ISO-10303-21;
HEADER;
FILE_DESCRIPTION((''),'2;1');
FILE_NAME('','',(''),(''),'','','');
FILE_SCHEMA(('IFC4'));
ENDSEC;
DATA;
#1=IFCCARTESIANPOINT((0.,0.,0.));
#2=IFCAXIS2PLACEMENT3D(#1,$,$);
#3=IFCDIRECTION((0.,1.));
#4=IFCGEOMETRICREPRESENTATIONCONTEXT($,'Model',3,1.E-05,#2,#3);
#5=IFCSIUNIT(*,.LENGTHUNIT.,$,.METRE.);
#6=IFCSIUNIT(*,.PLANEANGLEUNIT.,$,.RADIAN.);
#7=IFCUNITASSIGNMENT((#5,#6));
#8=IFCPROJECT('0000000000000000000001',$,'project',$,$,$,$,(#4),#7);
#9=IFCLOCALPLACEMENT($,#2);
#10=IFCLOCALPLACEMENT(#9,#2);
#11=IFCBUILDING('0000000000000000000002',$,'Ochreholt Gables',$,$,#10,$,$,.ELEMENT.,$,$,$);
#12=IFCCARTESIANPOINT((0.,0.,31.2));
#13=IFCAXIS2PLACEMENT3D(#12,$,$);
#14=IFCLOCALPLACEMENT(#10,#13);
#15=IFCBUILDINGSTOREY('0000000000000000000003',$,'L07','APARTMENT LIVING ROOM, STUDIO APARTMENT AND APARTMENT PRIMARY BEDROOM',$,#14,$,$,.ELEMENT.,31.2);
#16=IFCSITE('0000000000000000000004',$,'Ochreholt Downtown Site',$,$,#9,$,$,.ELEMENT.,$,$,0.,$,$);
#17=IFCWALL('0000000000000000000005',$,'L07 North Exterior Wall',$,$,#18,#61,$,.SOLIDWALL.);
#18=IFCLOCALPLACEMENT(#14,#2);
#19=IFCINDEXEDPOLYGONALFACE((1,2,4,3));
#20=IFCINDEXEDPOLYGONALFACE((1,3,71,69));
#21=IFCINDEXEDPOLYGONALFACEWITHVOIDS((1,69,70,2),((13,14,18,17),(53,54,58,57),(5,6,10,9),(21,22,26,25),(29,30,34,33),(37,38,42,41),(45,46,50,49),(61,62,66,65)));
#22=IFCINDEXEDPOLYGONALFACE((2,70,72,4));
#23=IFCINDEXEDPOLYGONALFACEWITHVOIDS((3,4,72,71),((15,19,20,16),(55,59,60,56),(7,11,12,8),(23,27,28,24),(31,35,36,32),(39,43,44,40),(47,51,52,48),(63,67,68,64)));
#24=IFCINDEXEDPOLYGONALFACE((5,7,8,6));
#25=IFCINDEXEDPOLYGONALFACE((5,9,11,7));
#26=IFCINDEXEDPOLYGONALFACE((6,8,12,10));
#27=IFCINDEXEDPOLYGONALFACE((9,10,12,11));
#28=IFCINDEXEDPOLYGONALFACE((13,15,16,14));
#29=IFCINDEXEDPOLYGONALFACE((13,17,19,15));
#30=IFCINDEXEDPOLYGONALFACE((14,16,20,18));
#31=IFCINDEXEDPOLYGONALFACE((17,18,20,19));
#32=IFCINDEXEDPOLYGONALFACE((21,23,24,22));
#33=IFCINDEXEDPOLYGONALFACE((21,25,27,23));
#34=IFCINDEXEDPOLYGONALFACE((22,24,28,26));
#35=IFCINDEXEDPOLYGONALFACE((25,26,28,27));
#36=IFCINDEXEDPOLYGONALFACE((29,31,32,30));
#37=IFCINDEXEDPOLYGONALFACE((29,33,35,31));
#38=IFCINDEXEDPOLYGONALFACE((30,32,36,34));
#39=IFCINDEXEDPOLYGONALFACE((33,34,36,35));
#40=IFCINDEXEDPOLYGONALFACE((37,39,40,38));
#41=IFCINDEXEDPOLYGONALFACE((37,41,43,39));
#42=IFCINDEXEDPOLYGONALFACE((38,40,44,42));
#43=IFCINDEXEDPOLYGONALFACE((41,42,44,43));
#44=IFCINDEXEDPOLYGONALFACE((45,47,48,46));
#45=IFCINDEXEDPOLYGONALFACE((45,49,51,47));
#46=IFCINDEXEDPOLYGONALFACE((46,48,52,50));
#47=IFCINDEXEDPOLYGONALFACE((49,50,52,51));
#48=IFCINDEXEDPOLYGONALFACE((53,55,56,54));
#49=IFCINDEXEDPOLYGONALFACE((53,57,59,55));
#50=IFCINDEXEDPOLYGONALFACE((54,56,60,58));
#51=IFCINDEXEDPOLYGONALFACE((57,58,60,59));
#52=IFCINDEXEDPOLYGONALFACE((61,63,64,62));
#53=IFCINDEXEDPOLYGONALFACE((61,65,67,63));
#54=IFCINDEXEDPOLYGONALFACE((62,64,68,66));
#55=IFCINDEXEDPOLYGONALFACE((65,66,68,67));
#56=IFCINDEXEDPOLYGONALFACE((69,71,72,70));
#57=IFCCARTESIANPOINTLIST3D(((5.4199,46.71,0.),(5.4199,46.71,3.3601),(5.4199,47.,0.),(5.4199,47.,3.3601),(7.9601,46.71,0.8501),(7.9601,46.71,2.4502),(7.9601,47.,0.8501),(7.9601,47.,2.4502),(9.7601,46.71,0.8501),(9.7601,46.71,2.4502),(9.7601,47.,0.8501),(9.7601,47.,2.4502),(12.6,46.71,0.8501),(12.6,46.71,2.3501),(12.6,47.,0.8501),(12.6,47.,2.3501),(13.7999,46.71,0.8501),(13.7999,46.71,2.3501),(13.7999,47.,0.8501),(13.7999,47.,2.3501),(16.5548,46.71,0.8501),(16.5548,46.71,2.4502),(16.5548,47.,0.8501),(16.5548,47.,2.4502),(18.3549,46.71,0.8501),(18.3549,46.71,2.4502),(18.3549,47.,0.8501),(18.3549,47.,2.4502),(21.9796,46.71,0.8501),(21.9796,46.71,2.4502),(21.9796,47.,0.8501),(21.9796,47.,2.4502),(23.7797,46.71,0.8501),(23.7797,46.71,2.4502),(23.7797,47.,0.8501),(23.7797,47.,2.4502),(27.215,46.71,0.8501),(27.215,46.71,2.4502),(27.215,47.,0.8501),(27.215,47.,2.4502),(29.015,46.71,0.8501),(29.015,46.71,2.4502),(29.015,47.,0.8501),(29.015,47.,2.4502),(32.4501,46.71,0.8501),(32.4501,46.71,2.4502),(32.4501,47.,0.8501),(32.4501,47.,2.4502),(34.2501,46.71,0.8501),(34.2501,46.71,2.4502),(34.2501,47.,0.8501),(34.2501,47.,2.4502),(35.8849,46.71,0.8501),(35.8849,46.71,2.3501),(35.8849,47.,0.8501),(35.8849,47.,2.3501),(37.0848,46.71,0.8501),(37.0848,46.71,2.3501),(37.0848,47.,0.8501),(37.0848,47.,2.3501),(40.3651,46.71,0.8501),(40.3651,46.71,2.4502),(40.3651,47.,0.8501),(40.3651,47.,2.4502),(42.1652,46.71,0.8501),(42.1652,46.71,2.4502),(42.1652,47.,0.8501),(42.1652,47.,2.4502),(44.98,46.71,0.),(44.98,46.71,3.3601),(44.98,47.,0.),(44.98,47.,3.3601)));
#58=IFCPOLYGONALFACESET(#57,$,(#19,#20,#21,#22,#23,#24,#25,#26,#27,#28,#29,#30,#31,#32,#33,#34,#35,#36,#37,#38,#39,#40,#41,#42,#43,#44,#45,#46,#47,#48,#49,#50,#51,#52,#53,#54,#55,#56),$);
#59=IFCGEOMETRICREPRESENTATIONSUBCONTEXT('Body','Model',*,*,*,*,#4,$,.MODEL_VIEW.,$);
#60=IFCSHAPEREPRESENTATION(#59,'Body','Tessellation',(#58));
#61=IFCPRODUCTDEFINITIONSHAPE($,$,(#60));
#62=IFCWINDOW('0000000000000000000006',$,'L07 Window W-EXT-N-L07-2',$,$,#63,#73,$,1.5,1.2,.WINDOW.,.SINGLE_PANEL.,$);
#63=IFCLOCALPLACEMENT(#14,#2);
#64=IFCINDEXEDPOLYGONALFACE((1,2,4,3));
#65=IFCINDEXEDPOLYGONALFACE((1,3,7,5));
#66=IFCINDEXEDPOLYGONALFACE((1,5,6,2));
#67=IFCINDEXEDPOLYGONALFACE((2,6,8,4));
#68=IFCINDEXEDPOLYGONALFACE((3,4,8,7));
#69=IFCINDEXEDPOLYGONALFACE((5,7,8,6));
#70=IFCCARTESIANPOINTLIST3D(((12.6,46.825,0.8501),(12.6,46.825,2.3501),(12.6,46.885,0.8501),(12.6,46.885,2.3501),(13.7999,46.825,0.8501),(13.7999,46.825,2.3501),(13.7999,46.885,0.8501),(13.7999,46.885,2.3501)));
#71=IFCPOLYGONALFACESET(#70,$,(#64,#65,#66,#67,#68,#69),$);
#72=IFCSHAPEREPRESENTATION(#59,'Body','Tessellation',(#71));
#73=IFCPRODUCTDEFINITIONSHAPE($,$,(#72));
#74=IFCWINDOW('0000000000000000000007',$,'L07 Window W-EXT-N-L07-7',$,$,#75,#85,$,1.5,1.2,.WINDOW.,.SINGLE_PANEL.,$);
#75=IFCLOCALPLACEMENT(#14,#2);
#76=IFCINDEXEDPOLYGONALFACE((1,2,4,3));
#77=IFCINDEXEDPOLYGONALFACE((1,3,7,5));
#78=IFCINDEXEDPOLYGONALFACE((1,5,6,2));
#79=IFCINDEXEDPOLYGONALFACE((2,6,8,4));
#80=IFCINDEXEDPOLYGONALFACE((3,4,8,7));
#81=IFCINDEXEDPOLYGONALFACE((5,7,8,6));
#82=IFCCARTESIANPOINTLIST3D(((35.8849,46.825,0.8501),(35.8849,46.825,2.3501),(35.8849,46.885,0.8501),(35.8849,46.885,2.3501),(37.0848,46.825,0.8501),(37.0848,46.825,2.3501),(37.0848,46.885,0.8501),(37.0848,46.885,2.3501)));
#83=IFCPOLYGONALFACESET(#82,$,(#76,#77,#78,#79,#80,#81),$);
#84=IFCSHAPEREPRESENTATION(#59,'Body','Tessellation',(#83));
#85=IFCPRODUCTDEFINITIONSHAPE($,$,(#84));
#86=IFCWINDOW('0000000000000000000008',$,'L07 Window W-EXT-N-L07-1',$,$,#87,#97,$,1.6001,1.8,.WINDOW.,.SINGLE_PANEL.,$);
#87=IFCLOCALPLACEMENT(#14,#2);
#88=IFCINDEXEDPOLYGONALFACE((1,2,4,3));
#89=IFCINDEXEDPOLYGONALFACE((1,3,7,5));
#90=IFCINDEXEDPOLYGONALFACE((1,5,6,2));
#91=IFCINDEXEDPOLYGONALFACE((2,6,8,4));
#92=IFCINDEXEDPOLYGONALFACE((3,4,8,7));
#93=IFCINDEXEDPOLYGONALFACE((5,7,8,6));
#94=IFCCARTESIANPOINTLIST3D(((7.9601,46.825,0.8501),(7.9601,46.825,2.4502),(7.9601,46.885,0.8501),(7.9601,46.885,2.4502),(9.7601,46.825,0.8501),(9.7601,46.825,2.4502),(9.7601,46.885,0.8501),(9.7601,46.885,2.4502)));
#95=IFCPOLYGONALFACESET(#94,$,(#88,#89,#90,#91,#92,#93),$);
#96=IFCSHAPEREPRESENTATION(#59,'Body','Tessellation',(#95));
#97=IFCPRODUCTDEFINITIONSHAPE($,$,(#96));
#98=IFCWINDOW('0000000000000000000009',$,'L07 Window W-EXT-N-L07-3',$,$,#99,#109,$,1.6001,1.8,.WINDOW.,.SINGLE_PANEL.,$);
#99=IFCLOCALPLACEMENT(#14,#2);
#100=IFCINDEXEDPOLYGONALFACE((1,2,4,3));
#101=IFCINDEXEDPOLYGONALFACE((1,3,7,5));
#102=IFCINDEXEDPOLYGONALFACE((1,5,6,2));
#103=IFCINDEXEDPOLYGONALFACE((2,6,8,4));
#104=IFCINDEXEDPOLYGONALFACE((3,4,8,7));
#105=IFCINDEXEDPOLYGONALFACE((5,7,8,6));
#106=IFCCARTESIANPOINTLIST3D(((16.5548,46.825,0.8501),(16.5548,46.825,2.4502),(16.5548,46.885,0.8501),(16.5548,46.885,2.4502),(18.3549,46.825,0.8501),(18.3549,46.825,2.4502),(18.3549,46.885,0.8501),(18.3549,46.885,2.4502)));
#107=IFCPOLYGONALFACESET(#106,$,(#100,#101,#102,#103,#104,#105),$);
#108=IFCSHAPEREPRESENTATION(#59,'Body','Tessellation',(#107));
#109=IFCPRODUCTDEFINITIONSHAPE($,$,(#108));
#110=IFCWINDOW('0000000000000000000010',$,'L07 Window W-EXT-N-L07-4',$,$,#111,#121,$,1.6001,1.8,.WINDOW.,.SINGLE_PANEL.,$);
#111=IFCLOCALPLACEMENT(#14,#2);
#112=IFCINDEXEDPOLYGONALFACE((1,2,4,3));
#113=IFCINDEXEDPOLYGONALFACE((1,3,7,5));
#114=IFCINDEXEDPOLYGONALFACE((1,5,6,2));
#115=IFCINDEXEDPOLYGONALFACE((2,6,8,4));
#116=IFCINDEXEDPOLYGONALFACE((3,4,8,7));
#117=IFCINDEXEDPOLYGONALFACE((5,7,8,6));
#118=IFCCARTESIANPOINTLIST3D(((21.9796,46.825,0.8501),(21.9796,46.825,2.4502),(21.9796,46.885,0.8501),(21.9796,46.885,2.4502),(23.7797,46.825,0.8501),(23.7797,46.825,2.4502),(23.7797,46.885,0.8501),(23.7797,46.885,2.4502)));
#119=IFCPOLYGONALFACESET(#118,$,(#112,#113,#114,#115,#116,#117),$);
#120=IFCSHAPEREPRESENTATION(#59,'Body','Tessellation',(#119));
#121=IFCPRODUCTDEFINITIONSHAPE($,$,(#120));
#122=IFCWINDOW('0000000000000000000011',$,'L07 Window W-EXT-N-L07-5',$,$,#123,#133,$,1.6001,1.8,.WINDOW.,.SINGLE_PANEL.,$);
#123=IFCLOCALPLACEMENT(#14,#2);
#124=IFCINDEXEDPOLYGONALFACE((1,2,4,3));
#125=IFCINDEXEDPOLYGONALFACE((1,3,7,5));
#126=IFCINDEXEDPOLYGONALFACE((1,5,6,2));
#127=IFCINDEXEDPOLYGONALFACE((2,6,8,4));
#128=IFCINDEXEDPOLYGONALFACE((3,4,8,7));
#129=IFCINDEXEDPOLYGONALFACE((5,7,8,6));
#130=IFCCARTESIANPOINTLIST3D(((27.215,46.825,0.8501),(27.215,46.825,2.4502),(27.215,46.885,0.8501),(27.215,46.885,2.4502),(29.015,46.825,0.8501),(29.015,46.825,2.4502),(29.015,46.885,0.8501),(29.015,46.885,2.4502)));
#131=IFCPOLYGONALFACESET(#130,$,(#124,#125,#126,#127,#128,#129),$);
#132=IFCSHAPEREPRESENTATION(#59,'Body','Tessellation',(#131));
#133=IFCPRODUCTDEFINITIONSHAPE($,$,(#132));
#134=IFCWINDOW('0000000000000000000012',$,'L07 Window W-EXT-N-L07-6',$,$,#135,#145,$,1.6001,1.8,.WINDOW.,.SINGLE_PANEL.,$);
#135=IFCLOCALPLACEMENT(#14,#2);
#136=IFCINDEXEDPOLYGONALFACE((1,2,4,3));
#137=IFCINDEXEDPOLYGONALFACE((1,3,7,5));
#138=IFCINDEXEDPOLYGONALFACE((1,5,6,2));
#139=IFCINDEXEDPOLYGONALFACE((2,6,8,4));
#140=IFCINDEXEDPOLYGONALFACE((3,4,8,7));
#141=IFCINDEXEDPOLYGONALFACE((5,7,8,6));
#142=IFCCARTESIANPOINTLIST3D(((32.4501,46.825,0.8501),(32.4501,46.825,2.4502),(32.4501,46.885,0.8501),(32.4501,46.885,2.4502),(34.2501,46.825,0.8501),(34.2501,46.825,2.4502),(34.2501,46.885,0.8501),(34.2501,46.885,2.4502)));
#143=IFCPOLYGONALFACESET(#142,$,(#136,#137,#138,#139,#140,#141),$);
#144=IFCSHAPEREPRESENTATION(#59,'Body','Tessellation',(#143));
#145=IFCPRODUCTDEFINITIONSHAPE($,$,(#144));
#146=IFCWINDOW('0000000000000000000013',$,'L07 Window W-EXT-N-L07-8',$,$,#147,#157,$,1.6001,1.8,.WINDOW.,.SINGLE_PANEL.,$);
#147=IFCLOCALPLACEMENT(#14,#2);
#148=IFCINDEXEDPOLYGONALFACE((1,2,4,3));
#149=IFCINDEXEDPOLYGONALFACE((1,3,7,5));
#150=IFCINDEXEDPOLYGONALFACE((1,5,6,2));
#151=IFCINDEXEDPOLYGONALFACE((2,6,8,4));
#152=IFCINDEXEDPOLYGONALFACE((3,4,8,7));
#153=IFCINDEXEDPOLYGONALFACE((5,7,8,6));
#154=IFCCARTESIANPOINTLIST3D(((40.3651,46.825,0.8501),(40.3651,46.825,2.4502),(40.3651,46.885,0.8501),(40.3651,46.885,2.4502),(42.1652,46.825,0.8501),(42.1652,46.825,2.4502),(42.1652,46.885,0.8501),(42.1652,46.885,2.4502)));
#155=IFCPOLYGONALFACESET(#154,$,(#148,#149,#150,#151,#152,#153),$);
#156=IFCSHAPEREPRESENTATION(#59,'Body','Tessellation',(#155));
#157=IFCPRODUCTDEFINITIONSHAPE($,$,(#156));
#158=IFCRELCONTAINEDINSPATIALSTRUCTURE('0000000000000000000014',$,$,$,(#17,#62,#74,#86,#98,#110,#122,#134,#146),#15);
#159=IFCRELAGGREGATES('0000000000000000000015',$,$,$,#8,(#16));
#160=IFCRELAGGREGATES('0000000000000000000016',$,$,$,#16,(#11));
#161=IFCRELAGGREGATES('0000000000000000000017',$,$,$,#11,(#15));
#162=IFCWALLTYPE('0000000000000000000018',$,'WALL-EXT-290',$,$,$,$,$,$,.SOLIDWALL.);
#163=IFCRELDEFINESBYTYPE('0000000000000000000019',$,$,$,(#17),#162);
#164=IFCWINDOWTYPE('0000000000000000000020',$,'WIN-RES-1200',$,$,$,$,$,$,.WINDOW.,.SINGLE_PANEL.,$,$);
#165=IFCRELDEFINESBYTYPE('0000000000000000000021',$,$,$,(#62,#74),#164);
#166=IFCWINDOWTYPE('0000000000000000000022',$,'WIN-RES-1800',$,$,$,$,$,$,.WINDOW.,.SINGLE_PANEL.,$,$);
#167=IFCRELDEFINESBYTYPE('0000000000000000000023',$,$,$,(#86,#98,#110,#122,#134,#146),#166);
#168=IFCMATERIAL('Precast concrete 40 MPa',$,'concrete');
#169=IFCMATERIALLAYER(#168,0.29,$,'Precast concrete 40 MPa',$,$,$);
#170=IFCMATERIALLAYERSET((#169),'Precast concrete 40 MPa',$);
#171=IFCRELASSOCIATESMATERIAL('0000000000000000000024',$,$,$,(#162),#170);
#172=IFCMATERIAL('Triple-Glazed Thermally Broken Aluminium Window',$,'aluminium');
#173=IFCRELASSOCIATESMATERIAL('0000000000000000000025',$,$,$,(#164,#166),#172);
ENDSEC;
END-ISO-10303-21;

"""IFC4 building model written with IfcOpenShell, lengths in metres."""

from ifc_helpers import new_model, si_unit, direction, frame, frame_2d, origin, place, context, subcontext, project, spatial, rectangle, extrude, material, layer, layer_set, type_object, element, fill, save


model = new_model("IFC4")

# Units and contexts
model_context = context("Model", 3, precision=1e-05, world=origin(), true_north=direction((0.0, 1.0)))
body_context = subcontext(model_context, "Body", "Model", "MODEL_VIEW")
ifc_project = project(units=[si_unit("LENGTHUNIT", "METRE"), si_unit("PLANEANGLEUNIT", "RADIAN")], contexts=[model_context])

# Site, building, storey
site_placement = place(None, origin())
site = spatial("IfcSite", under=ifc_project, at=site_placement, Name="Ochreholt Downtown Site", CompositionType="ELEMENT", RefElevation=0.0)
building_placement = place(site_placement, origin())
building = spatial("IfcBuilding", under=site, at=building_placement, Name="Ochreholt Gables", CompositionType="ELEMENT")
storey_placement = place(building_placement, frame((0.0, 0.0, 31.2)))
storey = spatial("IfcBuildingStorey", under=building, at=storey_placement, Name="L07", Description="APARTMENT LIVING ROOM, STUDIO APARTMENT AND APARTMENT PRIMARY BEDROOM", CompositionType="ELEMENT", Elevation=31.2)

# Wall, openings, windows
ifc_material_1 = material(Name="Precast concrete 40 MPa", Category="concrete")
ifc_layer_1 = layer(ifc_material_1, 0.29, Name="Precast concrete 40 MPa")
ifc_layer_set_1 = layer_set([ifc_layer_1], Name="Precast concrete 40 MPa")
wall_type_1 = type_object("IfcWallType", Name="WALL-EXT-290", PredefinedType="SOLIDWALL", material=ifc_layer_set_1)
wall_1_placement = place(storey_placement, frame((44.98, 46.855, 0.0), z_axis=(0.0, 0.0, 1.0), x_axis=(-1.0, 0.0, 0.0)))
wall_1 = element("IfcWall", 1, at=wall_1_placement, inside=storey, type_object=wall_type_1, Name="L07 North Exterior Wall", PredefinedType="SOLIDWALL", context=body_context, shape_type="SweptSolid", body=[
    extrude(rectangle(XDim=39.5601, YDim=0.29, at=frame_2d((19.78, 0.0))), origin(), (0.0, 0.0, 1.0), 3.3601),
])
opening_1_placement = place(wall_1_placement, frame((35.22, 0.0, 0.8501)))
opening_1 = element("IfcOpeningElement", 2, at=opening_1_placement, cuts=wall_1, PredefinedType="OPENING", context=body_context, shape_type="SweptSolid", body=[
    extrude(rectangle(XDim=1.8, YDim=1.6001, at=frame_2d((0.8999, 0.8))), frame((0.0, 0.155, 0.0), z_axis=(0.0, -1.0, 0.0), x_axis=(1.0, 0.0, 0.0)), (0.0, 0.0, 1.0), 0.3101),
])
opening_2_placement = place(wall_1_placement, frame((31.1799, 0.0, 0.8501)))
opening_2 = element("IfcOpeningElement", 3, at=opening_2_placement, cuts=wall_1, PredefinedType="OPENING", context=body_context, shape_type="SweptSolid", body=[
    extrude(rectangle(XDim=1.2, YDim=1.5, at=frame_2d((0.6001, 0.75))), frame((0.0, 0.155, 0.0), z_axis=(0.0, -1.0, 0.0), x_axis=(1.0, 0.0, 0.0)), (0.0, 0.0, 1.0), 0.3101),
])
opening_3_placement = place(wall_1_placement, frame((26.6252, 0.0, 0.8501)))
opening_3 = element("IfcOpeningElement", 4, at=opening_3_placement, cuts=wall_1, PredefinedType="OPENING", context=body_context, shape_type="SweptSolid", body=[
    extrude(rectangle(XDim=1.8, YDim=1.6001, at=frame_2d((0.8999, 0.8))), frame((0.0, 0.155, 0.0), z_axis=(0.0, -1.0, 0.0), x_axis=(1.0, 0.0, 0.0)), (0.0, 0.0, 1.0), 0.3101),
])
opening_4_placement = place(wall_1_placement, frame((21.2004, 0.0, 0.8501)))
opening_4 = element("IfcOpeningElement", 5, at=opening_4_placement, cuts=wall_1, PredefinedType="OPENING", context=body_context, shape_type="SweptSolid", body=[
    extrude(rectangle(XDim=1.8, YDim=1.6001, at=frame_2d((0.8999, 0.8))), frame((0.0, 0.155, 0.0), z_axis=(0.0, -1.0, 0.0), x_axis=(1.0, 0.0, 0.0)), (0.0, 0.0, 1.0), 0.3101),
])
opening_5_placement = place(wall_1_placement, frame((15.9651, 0.0, 0.8501)))
opening_5 = element("IfcOpeningElement", 6, at=opening_5_placement, cuts=wall_1, PredefinedType="OPENING", context=body_context, shape_type="SweptSolid", body=[
    extrude(rectangle(XDim=1.8, YDim=1.6001, at=frame_2d((0.8999, 0.8))), frame((0.0, 0.155, 0.0), z_axis=(0.0, -1.0, 0.0), x_axis=(1.0, 0.0, 0.0)), (0.0, 0.0, 1.0), 0.3101),
])
opening_6_placement = place(wall_1_placement, frame((10.73, 0.0, 0.8501)))
opening_6 = element("IfcOpeningElement", 7, at=opening_6_placement, cuts=wall_1, PredefinedType="OPENING", context=body_context, shape_type="SweptSolid", body=[
    extrude(rectangle(XDim=1.8, YDim=1.6001, at=frame_2d((0.8999, 0.8))), frame((0.0, 0.155, 0.0), z_axis=(0.0, -1.0, 0.0), x_axis=(1.0, 0.0, 0.0)), (0.0, 0.0, 1.0), 0.3101),
])
opening_7_placement = place(wall_1_placement, frame((7.895, 0.0, 0.8501)))
opening_7 = element("IfcOpeningElement", 8, at=opening_7_placement, cuts=wall_1, PredefinedType="OPENING", context=body_context, shape_type="SweptSolid", body=[
    extrude(rectangle(XDim=1.2, YDim=1.5, at=frame_2d((0.6001, 0.75))), frame((0.0, 0.155, 0.0), z_axis=(0.0, -1.0, 0.0), x_axis=(1.0, 0.0, 0.0)), (0.0, 0.0, 1.0), 0.3101),
])
opening_8_placement = place(wall_1_placement, frame((2.8149, 0.0, 0.8501)))
opening_8 = element("IfcOpeningElement", 9, at=opening_8_placement, cuts=wall_1, PredefinedType="OPENING", context=body_context, shape_type="SweptSolid", body=[
    extrude(rectangle(XDim=1.8, YDim=1.6001, at=frame_2d((0.8999, 0.8))), frame((0.0, 0.155, 0.0), z_axis=(0.0, -1.0, 0.0), x_axis=(1.0, 0.0, 0.0)), (0.0, 0.0, 1.0), 0.3101),
])
ifc_material_2 = material(Name="Triple-Glazed Thermally Broken Aluminium Window", Category="aluminium")
window_type_1 = type_object("IfcWindowType", Name="WIN-RES-1200", PartitioningType="SINGLE_PANEL", PredefinedType="WINDOW", material=ifc_material_2)
window_1_placement = place(opening_2_placement, origin())
window_1 = element("IfcWindow", 10, at=window_1_placement, inside=storey, type_object=window_type_1, Name="L07 Window W-EXT-N-L07-2", OverallHeight=1.5, OverallWidth=1.2, PartitioningType="SINGLE_PANEL", PredefinedType="WINDOW", context=body_context, shape_type="SweptSolid", body=[
    extrude(rectangle(XDim=1.2, YDim=1.5, at=frame_2d((0.6001, 0.75))), frame((0.0, 0.03, 0.0), z_axis=(0.0, -1.0, 0.0), x_axis=(1.0, 0.0, 0.0)), (0.0, 0.0, 1.0), 0.0601),
])
fill(opening_2, window_1)
window_2_placement = place(opening_7_placement, origin())
window_2 = element("IfcWindow", 11, at=window_2_placement, inside=storey, type_object=window_type_1, Name="L07 Window W-EXT-N-L07-7", OverallHeight=1.5, OverallWidth=1.2, PartitioningType="SINGLE_PANEL", PredefinedType="WINDOW", context=body_context, shape_type="SweptSolid", body=[
    extrude(rectangle(XDim=1.2, YDim=1.5, at=frame_2d((0.6001, 0.75))), frame((0.0, 0.03, 0.0), z_axis=(0.0, -1.0, 0.0), x_axis=(1.0, 0.0, 0.0)), (0.0, 0.0, 1.0), 0.0601),
])
fill(opening_7, window_2)
window_type_2 = type_object("IfcWindowType", Name="WIN-RES-1800", PartitioningType="SINGLE_PANEL", PredefinedType="WINDOW", material=ifc_material_2)
window_3_placement = place(opening_1_placement, origin())
window_3 = element("IfcWindow", 12, at=window_3_placement, inside=storey, type_object=window_type_2, Name="L07 Window W-EXT-N-L07-1", OverallHeight=1.6001, OverallWidth=1.8, PartitioningType="SINGLE_PANEL", PredefinedType="WINDOW", context=body_context, shape_type="SweptSolid", body=[
    extrude(rectangle(XDim=1.8, YDim=1.6001, at=frame_2d((0.8999, 0.8))), frame((0.0, 0.03, 0.0), z_axis=(0.0, -1.0, 0.0), x_axis=(1.0, 0.0, 0.0)), (0.0, 0.0, 1.0), 0.0601),
])
fill(opening_1, window_3)
window_4_placement = place(opening_3_placement, origin())
window_4 = element("IfcWindow", 13, at=window_4_placement, inside=storey, type_object=window_type_2, Name="L07 Window W-EXT-N-L07-3", OverallHeight=1.6001, OverallWidth=1.8, PartitioningType="SINGLE_PANEL", PredefinedType="WINDOW", context=body_context, shape_type="SweptSolid", body=[
    extrude(rectangle(XDim=1.8, YDim=1.6001, at=frame_2d((0.8999, 0.8))), frame((0.0, 0.03, 0.0), z_axis=(0.0, -1.0, 0.0), x_axis=(1.0, 0.0, 0.0)), (0.0, 0.0, 1.0), 0.0601),
])
fill(opening_3, window_4)
window_5_placement = place(opening_4_placement, origin())
window_5 = element("IfcWindow", 14, at=window_5_placement, inside=storey, type_object=window_type_2, Name="L07 Window W-EXT-N-L07-4", OverallHeight=1.6001, OverallWidth=1.8, PartitioningType="SINGLE_PANEL", PredefinedType="WINDOW", context=body_context, shape_type="SweptSolid", body=[
    extrude(rectangle(XDim=1.8, YDim=1.6001, at=frame_2d((0.8999, 0.8))), frame((0.0, 0.03, 0.0), z_axis=(0.0, -1.0, 0.0), x_axis=(1.0, 0.0, 0.0)), (0.0, 0.0, 1.0), 0.0601),
])
fill(opening_4, window_5)
window_6_placement = place(opening_5_placement, origin())
window_6 = element("IfcWindow", 15, at=window_6_placement, inside=storey, type_object=window_type_2, Name="L07 Window W-EXT-N-L07-5", OverallHeight=1.6001, OverallWidth=1.8, PartitioningType="SINGLE_PANEL", PredefinedType="WINDOW", context=body_context, shape_type="SweptSolid", body=[
    extrude(rectangle(XDim=1.8, YDim=1.6001, at=frame_2d((0.8999, 0.8))), frame((0.0, 0.03, 0.0), z_axis=(0.0, -1.0, 0.0), x_axis=(1.0, 0.0, 0.0)), (0.0, 0.0, 1.0), 0.0601),
])
fill(opening_5, window_6)
window_7_placement = place(opening_6_placement, origin())
window_7 = element("IfcWindow", 16, at=window_7_placement, inside=storey, type_object=window_type_2, Name="L07 Window W-EXT-N-L07-6", OverallHeight=1.6001, OverallWidth=1.8, PartitioningType="SINGLE_PANEL", PredefinedType="WINDOW", context=body_context, shape_type="SweptSolid", body=[
    extrude(rectangle(XDim=1.8, YDim=1.6001, at=frame_2d((0.8999, 0.8))), frame((0.0, 0.03, 0.0), z_axis=(0.0, -1.0, 0.0), x_axis=(1.0, 0.0, 0.0)), (0.0, 0.0, 1.0), 0.0601),
])
fill(opening_6, window_7)
window_8_placement = place(opening_8_placement, origin())
window_8 = element("IfcWindow", 17, at=window_8_placement, inside=storey, type_object=window_type_2, Name="L07 Window W-EXT-N-L07-8", OverallHeight=1.6001, OverallWidth=1.8, PartitioningType="SINGLE_PANEL", PredefinedType="WINDOW", context=body_context, shape_type="SweptSolid", body=[
    extrude(rectangle(XDim=1.8, YDim=1.6001, at=frame_2d((0.8999, 0.8))), frame((0.0, 0.03, 0.0), z_axis=(0.0, -1.0, 0.0), x_axis=(1.0, 0.0, 0.0)), (0.0, 0.0, 1.0), 0.0601),
])
fill(opening_8, window_8)

save(model, "model.ifc")
